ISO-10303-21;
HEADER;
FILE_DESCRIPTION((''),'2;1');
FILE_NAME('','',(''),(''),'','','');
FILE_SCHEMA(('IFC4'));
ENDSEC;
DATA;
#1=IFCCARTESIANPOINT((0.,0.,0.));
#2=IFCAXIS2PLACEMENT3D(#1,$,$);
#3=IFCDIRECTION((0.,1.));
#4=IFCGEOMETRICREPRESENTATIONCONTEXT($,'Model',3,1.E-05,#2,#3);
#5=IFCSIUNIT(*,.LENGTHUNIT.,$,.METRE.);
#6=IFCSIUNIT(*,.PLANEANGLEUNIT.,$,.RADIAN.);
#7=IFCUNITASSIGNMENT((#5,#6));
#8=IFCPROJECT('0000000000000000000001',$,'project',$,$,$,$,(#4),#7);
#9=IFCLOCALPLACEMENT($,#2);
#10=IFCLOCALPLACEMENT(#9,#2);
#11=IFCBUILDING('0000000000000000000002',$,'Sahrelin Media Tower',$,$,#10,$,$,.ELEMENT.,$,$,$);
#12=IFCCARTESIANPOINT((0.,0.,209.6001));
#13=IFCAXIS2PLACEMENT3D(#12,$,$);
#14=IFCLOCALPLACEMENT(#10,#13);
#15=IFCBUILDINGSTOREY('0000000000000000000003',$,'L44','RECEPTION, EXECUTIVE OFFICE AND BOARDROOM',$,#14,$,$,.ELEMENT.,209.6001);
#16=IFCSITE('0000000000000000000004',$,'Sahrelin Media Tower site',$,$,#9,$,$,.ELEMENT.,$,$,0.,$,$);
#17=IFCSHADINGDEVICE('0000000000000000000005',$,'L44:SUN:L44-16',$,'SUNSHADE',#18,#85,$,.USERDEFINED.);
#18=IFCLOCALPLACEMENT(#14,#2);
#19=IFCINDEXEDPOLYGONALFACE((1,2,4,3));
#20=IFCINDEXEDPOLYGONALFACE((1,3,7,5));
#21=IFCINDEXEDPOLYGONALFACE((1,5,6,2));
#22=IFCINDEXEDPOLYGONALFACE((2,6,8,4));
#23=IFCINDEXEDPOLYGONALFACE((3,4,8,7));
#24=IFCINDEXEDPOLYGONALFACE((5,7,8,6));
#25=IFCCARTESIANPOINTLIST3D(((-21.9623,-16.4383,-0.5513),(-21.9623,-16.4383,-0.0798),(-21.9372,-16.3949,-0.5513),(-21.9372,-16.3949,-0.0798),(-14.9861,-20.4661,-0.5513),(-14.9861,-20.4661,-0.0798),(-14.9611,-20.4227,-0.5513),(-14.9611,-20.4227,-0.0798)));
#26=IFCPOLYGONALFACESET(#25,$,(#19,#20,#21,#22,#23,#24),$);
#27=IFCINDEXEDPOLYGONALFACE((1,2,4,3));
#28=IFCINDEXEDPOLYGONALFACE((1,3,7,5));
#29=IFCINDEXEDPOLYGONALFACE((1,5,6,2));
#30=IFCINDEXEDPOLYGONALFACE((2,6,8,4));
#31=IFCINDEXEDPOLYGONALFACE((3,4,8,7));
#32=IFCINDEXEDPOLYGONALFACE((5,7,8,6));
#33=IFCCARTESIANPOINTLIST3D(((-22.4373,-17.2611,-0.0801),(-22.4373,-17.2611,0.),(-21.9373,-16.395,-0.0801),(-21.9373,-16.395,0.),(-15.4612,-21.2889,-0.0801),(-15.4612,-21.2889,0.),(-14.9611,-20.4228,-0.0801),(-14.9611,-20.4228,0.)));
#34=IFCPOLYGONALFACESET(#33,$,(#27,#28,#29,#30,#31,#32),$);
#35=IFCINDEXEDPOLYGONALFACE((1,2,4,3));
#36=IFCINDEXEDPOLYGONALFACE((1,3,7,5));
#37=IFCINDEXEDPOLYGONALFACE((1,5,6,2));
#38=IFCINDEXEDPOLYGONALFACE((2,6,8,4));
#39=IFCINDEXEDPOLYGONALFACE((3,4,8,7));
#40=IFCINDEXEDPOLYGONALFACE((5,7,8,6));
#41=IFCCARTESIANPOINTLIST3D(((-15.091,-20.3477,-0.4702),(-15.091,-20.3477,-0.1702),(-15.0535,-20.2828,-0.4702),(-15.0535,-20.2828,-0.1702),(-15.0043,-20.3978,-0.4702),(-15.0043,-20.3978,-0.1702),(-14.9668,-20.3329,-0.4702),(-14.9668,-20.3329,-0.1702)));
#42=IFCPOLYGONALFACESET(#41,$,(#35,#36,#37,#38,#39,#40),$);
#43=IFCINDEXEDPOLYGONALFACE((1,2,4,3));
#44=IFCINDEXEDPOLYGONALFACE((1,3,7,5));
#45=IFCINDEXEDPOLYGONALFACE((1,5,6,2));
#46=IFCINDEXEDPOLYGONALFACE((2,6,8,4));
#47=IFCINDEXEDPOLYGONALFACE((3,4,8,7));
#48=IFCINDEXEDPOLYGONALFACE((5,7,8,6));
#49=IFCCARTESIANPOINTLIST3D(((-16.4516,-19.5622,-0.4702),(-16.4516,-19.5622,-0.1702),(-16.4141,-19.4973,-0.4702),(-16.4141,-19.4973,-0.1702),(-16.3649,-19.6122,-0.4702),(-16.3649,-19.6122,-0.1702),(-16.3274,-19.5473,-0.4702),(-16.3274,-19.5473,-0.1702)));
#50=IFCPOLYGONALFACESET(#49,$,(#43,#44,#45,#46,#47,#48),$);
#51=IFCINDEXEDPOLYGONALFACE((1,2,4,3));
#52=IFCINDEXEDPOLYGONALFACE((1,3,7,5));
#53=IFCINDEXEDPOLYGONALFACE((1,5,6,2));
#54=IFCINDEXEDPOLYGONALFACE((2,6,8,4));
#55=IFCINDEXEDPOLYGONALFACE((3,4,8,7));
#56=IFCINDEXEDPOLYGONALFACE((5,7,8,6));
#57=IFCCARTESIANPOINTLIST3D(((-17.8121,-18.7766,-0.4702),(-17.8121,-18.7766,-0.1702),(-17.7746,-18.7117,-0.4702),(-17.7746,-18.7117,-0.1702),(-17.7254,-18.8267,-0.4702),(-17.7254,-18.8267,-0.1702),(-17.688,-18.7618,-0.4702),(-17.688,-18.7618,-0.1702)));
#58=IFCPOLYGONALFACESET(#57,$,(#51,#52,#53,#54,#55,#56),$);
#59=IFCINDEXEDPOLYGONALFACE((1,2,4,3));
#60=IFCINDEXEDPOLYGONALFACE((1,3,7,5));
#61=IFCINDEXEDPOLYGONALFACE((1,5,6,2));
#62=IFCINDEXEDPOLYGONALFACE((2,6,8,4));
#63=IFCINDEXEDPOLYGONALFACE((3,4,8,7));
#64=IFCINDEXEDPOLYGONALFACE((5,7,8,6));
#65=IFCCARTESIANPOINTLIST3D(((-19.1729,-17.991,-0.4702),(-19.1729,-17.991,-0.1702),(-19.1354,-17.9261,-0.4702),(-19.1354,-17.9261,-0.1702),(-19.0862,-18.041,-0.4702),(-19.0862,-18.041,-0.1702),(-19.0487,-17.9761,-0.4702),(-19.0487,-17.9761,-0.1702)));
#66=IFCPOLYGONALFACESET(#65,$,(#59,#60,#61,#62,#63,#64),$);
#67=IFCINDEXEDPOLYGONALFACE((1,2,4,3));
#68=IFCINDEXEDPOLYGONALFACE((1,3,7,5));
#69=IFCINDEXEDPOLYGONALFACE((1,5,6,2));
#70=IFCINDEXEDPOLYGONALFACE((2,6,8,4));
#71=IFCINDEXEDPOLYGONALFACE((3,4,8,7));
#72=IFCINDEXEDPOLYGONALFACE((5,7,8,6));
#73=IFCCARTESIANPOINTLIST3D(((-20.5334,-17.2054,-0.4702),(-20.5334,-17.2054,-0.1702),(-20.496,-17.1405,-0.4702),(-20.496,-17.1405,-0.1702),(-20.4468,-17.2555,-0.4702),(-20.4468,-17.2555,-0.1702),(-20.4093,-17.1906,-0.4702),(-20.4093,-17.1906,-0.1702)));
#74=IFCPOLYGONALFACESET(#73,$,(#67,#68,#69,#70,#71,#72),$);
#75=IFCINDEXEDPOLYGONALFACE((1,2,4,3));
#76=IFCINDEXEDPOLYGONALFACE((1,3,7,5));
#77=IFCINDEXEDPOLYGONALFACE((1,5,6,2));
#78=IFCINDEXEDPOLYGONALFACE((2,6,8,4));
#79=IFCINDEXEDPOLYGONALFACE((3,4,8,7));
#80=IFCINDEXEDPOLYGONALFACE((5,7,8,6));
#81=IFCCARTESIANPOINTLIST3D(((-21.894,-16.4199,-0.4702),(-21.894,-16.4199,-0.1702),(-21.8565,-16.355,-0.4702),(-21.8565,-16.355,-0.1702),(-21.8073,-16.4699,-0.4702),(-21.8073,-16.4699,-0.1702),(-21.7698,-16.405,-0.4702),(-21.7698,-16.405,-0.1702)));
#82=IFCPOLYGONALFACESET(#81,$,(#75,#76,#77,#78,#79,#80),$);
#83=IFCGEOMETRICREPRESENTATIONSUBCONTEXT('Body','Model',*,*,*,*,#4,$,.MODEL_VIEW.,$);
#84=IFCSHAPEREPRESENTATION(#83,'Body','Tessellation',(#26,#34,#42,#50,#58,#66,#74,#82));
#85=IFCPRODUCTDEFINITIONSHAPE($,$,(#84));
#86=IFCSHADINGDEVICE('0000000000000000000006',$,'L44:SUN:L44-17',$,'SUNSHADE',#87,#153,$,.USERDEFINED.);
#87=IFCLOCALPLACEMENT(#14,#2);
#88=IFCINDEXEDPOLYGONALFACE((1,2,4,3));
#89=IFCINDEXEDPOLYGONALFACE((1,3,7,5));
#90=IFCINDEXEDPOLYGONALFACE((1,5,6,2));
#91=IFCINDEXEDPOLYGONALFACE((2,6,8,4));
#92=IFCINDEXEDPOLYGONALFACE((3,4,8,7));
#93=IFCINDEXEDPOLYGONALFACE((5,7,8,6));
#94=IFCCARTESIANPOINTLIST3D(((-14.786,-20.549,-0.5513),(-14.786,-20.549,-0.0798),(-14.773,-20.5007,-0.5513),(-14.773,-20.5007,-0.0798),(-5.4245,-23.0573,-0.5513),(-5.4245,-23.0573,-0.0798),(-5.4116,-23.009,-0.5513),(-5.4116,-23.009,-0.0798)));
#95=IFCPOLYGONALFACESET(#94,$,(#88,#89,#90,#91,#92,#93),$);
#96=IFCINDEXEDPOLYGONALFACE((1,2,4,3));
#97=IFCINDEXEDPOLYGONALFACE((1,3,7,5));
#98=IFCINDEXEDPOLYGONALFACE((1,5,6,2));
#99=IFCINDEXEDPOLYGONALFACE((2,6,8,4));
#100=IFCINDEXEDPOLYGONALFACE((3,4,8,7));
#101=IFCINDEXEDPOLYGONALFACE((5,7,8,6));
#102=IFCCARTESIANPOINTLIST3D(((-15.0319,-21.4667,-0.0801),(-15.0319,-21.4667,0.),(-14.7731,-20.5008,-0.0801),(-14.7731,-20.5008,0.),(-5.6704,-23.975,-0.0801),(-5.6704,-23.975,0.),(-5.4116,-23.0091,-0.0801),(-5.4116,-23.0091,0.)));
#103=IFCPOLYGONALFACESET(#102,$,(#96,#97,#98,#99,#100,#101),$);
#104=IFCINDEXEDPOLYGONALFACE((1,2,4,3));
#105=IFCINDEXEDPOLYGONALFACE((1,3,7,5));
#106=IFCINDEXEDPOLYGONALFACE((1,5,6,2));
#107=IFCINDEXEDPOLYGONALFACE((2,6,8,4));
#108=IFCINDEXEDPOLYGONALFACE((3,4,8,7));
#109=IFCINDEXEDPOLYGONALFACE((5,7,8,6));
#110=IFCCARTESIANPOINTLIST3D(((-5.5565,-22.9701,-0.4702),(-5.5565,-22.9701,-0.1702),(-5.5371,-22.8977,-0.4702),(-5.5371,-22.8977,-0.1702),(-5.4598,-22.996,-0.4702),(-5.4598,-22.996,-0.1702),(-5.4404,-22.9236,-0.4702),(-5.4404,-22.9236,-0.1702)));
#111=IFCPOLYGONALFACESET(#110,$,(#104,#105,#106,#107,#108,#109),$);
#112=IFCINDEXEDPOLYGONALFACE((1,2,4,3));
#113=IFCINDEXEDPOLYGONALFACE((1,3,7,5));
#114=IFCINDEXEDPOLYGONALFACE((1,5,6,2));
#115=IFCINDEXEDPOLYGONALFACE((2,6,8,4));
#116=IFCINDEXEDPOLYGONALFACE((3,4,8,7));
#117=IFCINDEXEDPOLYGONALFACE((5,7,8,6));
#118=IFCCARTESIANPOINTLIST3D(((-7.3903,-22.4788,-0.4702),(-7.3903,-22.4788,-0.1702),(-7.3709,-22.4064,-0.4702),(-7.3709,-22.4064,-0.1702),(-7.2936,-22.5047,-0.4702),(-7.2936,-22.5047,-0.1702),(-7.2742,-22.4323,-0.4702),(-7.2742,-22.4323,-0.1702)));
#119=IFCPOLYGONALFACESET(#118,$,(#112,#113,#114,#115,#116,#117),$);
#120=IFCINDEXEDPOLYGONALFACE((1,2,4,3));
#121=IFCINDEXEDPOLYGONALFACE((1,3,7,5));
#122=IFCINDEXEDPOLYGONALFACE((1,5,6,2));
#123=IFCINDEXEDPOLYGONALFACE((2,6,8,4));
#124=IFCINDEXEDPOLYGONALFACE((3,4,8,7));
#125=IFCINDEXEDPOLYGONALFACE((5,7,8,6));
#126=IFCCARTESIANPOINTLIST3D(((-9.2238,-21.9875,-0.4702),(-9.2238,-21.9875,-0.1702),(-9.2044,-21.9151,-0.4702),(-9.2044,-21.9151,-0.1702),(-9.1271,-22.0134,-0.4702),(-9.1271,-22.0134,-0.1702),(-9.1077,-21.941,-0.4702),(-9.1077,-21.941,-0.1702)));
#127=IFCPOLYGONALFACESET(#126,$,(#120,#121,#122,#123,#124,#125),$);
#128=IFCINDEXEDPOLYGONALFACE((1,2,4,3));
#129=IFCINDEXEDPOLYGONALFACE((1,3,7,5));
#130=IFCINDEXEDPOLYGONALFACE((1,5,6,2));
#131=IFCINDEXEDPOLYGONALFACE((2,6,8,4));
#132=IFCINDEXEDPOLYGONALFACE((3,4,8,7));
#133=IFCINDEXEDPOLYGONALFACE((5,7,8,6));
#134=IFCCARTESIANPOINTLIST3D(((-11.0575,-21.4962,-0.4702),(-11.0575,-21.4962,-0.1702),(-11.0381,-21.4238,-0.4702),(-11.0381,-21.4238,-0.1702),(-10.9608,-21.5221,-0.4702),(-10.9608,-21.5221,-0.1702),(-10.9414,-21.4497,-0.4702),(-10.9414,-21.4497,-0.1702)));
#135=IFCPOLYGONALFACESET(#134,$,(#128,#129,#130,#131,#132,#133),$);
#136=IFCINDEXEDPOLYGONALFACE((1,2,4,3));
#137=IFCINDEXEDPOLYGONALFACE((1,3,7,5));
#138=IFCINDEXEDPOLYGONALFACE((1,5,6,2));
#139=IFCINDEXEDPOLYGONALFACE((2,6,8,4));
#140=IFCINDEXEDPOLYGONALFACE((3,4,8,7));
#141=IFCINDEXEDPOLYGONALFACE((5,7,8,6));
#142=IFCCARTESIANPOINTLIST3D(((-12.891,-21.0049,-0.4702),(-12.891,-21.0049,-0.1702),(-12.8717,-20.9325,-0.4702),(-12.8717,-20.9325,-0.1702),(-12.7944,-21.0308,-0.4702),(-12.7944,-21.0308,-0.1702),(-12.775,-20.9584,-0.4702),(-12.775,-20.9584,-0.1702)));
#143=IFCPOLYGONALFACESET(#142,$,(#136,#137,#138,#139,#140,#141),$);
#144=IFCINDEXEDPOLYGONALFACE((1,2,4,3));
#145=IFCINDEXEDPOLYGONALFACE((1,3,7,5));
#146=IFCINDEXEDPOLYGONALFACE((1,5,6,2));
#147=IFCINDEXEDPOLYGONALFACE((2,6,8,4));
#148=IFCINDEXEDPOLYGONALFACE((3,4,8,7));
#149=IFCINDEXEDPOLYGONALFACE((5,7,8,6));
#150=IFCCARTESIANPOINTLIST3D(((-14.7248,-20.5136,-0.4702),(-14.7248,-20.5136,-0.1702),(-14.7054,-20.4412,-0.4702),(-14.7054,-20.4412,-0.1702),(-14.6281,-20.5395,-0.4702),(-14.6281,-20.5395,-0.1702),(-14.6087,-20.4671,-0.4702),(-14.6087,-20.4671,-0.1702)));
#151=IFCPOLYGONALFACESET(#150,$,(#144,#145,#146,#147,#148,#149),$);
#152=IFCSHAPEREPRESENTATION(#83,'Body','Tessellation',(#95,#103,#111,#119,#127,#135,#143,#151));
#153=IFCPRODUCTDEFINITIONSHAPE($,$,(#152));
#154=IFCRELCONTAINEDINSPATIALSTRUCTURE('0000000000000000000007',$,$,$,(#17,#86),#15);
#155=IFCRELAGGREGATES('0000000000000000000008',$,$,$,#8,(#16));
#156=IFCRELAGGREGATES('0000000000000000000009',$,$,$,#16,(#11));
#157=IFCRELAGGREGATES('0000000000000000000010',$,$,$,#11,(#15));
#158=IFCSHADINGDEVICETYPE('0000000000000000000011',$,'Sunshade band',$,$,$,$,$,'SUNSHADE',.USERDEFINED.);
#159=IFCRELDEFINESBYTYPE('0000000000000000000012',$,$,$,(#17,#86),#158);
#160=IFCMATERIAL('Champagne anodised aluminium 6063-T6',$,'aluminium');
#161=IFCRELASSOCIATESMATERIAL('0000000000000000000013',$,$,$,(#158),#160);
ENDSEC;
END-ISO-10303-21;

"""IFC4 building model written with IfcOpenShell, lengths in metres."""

from ifc_helpers import new_model, si_unit, direction, frame, origin, origin_2d, place, context, subcontext, project, spatial, rectangle, extrude, material, type_object, element, save


model = new_model("IFC4")

# Units and contexts
model_context = context("Model", 3, precision=1e-05, world=origin(), true_north=direction((0.0, 1.0)))
body_context = subcontext(model_context, "Body", "Model", "MODEL_VIEW")
ifc_project = project(units=[si_unit("LENGTHUNIT", "METRE"), si_unit("PLANEANGLEUNIT", "RADIAN")], contexts=[model_context])

# Site, building, storey
site_placement = place(None, origin())
site = spatial("IfcSite", under=ifc_project, at=site_placement, Name="Sahrelin Media Tower site", CompositionType="ELEMENT", RefElevation=0.0)
building_placement = place(site_placement, origin())
building = spatial("IfcBuilding", under=site, at=building_placement, Name="Sahrelin Media Tower", CompositionType="ELEMENT")
storey_placement = place(building_placement, frame((0.0, 0.0, 209.6001)))
storey = spatial("IfcBuildingStorey", under=building, at=storey_placement, Name="L44", Description="RECEPTION, EXECUTIVE OFFICE AND BOARDROOM", CompositionType="ELEMENT", Elevation=209.6001)

# Shared definitions
ifc_material_1 = material(Name="Champagne anodised aluminium 6063-T6", Category="aluminium")

# Shading devices
placement_1 = place(storey_placement, frame((-18.4392, -18.3916, 0.0), z_axis=(0.0, 0.0, 1.0), x_axis=(-0.866019, 0.500011, 0.0)))
placement_2 = place(storey_placement, frame((-10.0872, -21.7356, 0.0), z_axis=(0.0, 0.0, 1.0), x_axis=(-0.965929, 0.258808, 0.0)))
shading_device_type_1 = type_object("IfcShadingDeviceType", Name="Sunshade band", ElementType="SUNSHADE", PredefinedType="USERDEFINED", material=ifc_material_1)
element("IfcShadingDevice", 1, at=placement_1, inside=storey, type_object=shading_device_type_1, Name="L44:SUN:L44-16", ObjectType="SUNSHADE", PredefinedType="USERDEFINED", context=body_context, shape_type="SweptSolid", body=[
    extrude(rectangle(XDim=8.0554, YDim=0.05, at=origin_2d()), frame((0.0, 0.0449, -0.5513)), (0.0, 0.0, 1.0), 0.4714),
    extrude(rectangle(XDim=8.0554, YDim=1.0, at=origin_2d()), frame((0.0, 0.52, -0.0801)), (0.0, 0.0, 1.0), 0.0801),
    extrude(rectangle(XDim=0.1001, YDim=0.075, at=origin_2d()), frame((-3.9277, -0.0176, -0.4702)), (0.0, 0.0, 1.0), 0.3),
    extrude(rectangle(XDim=0.1001, YDim=0.075, at=origin_2d()), frame((-2.3567, -0.0176, -0.4702)), (0.0, 0.0, 1.0), 0.3),
    extrude(rectangle(XDim=0.1001, YDim=0.075, at=origin_2d()), frame((-0.7856, -0.0176, -0.4702)), (0.0, 0.0, 1.0), 0.3),
    extrude(rectangle(XDim=0.1001, YDim=0.075, at=origin_2d()), frame((0.7856, -0.0176, -0.4702)), (0.0, 0.0, 1.0), 0.3),
    extrude(rectangle(XDim=0.1001, YDim=0.075, at=origin_2d()), frame((2.3567, -0.0176, -0.4702)), (0.0, 0.0, 1.0), 0.3),
    extrude(rectangle(XDim=0.1001, YDim=0.075, at=origin_2d()), frame((3.9277, -0.0176, -0.4702)), (0.0, 0.0, 1.0), 0.3),
])
element("IfcShadingDevice", 2, at=placement_2, inside=storey, type_object=shading_device_type_1, Name="L44:SUN:L44-17", ObjectType="SUNSHADE", PredefinedType="USERDEFINED", context=body_context, shape_type="SweptSolid", body=[
    extrude(rectangle(XDim=9.6917, YDim=0.05, at=origin_2d()), frame((0.0, 0.0449, -0.5513)), (0.0, 0.0, 1.0), 0.4714),
    extrude(rectangle(XDim=9.6917, YDim=1.0, at=origin_2d()), frame((0.0, 0.52, -0.0801)), (0.0, 0.0, 1.0), 0.0801),
    extrude(rectangle(XDim=0.1001, YDim=0.075, at=origin_2d()), frame((-4.7458, -0.0176, -0.4702)), (0.0, 0.0, 1.0), 0.3),
    extrude(rectangle(XDim=0.1001, YDim=0.075, at=origin_2d()), frame((-2.8474, -0.0176, -0.4702)), (0.0, 0.0, 1.0), 0.3),
    extrude(rectangle(XDim=0.1001, YDim=0.075, at=origin_2d()), frame((-0.9492, -0.0176, -0.4702)), (0.0, 0.0, 1.0), 0.3),
    extrude(rectangle(XDim=0.1001, YDim=0.075, at=origin_2d()), frame((0.9492, -0.0176, -0.4702)), (0.0, 0.0, 1.0), 0.3),
    extrude(rectangle(XDim=0.1001, YDim=0.075, at=origin_2d()), frame((2.8474, -0.0176, -0.4702)), (0.0, 0.0, 1.0), 0.3),
    extrude(rectangle(XDim=0.1001, YDim=0.075, at=origin_2d()), frame((4.7458, -0.0176, -0.4702)), (0.0, 0.0, 1.0), 0.3),
])

save(model, "model.ifc")
